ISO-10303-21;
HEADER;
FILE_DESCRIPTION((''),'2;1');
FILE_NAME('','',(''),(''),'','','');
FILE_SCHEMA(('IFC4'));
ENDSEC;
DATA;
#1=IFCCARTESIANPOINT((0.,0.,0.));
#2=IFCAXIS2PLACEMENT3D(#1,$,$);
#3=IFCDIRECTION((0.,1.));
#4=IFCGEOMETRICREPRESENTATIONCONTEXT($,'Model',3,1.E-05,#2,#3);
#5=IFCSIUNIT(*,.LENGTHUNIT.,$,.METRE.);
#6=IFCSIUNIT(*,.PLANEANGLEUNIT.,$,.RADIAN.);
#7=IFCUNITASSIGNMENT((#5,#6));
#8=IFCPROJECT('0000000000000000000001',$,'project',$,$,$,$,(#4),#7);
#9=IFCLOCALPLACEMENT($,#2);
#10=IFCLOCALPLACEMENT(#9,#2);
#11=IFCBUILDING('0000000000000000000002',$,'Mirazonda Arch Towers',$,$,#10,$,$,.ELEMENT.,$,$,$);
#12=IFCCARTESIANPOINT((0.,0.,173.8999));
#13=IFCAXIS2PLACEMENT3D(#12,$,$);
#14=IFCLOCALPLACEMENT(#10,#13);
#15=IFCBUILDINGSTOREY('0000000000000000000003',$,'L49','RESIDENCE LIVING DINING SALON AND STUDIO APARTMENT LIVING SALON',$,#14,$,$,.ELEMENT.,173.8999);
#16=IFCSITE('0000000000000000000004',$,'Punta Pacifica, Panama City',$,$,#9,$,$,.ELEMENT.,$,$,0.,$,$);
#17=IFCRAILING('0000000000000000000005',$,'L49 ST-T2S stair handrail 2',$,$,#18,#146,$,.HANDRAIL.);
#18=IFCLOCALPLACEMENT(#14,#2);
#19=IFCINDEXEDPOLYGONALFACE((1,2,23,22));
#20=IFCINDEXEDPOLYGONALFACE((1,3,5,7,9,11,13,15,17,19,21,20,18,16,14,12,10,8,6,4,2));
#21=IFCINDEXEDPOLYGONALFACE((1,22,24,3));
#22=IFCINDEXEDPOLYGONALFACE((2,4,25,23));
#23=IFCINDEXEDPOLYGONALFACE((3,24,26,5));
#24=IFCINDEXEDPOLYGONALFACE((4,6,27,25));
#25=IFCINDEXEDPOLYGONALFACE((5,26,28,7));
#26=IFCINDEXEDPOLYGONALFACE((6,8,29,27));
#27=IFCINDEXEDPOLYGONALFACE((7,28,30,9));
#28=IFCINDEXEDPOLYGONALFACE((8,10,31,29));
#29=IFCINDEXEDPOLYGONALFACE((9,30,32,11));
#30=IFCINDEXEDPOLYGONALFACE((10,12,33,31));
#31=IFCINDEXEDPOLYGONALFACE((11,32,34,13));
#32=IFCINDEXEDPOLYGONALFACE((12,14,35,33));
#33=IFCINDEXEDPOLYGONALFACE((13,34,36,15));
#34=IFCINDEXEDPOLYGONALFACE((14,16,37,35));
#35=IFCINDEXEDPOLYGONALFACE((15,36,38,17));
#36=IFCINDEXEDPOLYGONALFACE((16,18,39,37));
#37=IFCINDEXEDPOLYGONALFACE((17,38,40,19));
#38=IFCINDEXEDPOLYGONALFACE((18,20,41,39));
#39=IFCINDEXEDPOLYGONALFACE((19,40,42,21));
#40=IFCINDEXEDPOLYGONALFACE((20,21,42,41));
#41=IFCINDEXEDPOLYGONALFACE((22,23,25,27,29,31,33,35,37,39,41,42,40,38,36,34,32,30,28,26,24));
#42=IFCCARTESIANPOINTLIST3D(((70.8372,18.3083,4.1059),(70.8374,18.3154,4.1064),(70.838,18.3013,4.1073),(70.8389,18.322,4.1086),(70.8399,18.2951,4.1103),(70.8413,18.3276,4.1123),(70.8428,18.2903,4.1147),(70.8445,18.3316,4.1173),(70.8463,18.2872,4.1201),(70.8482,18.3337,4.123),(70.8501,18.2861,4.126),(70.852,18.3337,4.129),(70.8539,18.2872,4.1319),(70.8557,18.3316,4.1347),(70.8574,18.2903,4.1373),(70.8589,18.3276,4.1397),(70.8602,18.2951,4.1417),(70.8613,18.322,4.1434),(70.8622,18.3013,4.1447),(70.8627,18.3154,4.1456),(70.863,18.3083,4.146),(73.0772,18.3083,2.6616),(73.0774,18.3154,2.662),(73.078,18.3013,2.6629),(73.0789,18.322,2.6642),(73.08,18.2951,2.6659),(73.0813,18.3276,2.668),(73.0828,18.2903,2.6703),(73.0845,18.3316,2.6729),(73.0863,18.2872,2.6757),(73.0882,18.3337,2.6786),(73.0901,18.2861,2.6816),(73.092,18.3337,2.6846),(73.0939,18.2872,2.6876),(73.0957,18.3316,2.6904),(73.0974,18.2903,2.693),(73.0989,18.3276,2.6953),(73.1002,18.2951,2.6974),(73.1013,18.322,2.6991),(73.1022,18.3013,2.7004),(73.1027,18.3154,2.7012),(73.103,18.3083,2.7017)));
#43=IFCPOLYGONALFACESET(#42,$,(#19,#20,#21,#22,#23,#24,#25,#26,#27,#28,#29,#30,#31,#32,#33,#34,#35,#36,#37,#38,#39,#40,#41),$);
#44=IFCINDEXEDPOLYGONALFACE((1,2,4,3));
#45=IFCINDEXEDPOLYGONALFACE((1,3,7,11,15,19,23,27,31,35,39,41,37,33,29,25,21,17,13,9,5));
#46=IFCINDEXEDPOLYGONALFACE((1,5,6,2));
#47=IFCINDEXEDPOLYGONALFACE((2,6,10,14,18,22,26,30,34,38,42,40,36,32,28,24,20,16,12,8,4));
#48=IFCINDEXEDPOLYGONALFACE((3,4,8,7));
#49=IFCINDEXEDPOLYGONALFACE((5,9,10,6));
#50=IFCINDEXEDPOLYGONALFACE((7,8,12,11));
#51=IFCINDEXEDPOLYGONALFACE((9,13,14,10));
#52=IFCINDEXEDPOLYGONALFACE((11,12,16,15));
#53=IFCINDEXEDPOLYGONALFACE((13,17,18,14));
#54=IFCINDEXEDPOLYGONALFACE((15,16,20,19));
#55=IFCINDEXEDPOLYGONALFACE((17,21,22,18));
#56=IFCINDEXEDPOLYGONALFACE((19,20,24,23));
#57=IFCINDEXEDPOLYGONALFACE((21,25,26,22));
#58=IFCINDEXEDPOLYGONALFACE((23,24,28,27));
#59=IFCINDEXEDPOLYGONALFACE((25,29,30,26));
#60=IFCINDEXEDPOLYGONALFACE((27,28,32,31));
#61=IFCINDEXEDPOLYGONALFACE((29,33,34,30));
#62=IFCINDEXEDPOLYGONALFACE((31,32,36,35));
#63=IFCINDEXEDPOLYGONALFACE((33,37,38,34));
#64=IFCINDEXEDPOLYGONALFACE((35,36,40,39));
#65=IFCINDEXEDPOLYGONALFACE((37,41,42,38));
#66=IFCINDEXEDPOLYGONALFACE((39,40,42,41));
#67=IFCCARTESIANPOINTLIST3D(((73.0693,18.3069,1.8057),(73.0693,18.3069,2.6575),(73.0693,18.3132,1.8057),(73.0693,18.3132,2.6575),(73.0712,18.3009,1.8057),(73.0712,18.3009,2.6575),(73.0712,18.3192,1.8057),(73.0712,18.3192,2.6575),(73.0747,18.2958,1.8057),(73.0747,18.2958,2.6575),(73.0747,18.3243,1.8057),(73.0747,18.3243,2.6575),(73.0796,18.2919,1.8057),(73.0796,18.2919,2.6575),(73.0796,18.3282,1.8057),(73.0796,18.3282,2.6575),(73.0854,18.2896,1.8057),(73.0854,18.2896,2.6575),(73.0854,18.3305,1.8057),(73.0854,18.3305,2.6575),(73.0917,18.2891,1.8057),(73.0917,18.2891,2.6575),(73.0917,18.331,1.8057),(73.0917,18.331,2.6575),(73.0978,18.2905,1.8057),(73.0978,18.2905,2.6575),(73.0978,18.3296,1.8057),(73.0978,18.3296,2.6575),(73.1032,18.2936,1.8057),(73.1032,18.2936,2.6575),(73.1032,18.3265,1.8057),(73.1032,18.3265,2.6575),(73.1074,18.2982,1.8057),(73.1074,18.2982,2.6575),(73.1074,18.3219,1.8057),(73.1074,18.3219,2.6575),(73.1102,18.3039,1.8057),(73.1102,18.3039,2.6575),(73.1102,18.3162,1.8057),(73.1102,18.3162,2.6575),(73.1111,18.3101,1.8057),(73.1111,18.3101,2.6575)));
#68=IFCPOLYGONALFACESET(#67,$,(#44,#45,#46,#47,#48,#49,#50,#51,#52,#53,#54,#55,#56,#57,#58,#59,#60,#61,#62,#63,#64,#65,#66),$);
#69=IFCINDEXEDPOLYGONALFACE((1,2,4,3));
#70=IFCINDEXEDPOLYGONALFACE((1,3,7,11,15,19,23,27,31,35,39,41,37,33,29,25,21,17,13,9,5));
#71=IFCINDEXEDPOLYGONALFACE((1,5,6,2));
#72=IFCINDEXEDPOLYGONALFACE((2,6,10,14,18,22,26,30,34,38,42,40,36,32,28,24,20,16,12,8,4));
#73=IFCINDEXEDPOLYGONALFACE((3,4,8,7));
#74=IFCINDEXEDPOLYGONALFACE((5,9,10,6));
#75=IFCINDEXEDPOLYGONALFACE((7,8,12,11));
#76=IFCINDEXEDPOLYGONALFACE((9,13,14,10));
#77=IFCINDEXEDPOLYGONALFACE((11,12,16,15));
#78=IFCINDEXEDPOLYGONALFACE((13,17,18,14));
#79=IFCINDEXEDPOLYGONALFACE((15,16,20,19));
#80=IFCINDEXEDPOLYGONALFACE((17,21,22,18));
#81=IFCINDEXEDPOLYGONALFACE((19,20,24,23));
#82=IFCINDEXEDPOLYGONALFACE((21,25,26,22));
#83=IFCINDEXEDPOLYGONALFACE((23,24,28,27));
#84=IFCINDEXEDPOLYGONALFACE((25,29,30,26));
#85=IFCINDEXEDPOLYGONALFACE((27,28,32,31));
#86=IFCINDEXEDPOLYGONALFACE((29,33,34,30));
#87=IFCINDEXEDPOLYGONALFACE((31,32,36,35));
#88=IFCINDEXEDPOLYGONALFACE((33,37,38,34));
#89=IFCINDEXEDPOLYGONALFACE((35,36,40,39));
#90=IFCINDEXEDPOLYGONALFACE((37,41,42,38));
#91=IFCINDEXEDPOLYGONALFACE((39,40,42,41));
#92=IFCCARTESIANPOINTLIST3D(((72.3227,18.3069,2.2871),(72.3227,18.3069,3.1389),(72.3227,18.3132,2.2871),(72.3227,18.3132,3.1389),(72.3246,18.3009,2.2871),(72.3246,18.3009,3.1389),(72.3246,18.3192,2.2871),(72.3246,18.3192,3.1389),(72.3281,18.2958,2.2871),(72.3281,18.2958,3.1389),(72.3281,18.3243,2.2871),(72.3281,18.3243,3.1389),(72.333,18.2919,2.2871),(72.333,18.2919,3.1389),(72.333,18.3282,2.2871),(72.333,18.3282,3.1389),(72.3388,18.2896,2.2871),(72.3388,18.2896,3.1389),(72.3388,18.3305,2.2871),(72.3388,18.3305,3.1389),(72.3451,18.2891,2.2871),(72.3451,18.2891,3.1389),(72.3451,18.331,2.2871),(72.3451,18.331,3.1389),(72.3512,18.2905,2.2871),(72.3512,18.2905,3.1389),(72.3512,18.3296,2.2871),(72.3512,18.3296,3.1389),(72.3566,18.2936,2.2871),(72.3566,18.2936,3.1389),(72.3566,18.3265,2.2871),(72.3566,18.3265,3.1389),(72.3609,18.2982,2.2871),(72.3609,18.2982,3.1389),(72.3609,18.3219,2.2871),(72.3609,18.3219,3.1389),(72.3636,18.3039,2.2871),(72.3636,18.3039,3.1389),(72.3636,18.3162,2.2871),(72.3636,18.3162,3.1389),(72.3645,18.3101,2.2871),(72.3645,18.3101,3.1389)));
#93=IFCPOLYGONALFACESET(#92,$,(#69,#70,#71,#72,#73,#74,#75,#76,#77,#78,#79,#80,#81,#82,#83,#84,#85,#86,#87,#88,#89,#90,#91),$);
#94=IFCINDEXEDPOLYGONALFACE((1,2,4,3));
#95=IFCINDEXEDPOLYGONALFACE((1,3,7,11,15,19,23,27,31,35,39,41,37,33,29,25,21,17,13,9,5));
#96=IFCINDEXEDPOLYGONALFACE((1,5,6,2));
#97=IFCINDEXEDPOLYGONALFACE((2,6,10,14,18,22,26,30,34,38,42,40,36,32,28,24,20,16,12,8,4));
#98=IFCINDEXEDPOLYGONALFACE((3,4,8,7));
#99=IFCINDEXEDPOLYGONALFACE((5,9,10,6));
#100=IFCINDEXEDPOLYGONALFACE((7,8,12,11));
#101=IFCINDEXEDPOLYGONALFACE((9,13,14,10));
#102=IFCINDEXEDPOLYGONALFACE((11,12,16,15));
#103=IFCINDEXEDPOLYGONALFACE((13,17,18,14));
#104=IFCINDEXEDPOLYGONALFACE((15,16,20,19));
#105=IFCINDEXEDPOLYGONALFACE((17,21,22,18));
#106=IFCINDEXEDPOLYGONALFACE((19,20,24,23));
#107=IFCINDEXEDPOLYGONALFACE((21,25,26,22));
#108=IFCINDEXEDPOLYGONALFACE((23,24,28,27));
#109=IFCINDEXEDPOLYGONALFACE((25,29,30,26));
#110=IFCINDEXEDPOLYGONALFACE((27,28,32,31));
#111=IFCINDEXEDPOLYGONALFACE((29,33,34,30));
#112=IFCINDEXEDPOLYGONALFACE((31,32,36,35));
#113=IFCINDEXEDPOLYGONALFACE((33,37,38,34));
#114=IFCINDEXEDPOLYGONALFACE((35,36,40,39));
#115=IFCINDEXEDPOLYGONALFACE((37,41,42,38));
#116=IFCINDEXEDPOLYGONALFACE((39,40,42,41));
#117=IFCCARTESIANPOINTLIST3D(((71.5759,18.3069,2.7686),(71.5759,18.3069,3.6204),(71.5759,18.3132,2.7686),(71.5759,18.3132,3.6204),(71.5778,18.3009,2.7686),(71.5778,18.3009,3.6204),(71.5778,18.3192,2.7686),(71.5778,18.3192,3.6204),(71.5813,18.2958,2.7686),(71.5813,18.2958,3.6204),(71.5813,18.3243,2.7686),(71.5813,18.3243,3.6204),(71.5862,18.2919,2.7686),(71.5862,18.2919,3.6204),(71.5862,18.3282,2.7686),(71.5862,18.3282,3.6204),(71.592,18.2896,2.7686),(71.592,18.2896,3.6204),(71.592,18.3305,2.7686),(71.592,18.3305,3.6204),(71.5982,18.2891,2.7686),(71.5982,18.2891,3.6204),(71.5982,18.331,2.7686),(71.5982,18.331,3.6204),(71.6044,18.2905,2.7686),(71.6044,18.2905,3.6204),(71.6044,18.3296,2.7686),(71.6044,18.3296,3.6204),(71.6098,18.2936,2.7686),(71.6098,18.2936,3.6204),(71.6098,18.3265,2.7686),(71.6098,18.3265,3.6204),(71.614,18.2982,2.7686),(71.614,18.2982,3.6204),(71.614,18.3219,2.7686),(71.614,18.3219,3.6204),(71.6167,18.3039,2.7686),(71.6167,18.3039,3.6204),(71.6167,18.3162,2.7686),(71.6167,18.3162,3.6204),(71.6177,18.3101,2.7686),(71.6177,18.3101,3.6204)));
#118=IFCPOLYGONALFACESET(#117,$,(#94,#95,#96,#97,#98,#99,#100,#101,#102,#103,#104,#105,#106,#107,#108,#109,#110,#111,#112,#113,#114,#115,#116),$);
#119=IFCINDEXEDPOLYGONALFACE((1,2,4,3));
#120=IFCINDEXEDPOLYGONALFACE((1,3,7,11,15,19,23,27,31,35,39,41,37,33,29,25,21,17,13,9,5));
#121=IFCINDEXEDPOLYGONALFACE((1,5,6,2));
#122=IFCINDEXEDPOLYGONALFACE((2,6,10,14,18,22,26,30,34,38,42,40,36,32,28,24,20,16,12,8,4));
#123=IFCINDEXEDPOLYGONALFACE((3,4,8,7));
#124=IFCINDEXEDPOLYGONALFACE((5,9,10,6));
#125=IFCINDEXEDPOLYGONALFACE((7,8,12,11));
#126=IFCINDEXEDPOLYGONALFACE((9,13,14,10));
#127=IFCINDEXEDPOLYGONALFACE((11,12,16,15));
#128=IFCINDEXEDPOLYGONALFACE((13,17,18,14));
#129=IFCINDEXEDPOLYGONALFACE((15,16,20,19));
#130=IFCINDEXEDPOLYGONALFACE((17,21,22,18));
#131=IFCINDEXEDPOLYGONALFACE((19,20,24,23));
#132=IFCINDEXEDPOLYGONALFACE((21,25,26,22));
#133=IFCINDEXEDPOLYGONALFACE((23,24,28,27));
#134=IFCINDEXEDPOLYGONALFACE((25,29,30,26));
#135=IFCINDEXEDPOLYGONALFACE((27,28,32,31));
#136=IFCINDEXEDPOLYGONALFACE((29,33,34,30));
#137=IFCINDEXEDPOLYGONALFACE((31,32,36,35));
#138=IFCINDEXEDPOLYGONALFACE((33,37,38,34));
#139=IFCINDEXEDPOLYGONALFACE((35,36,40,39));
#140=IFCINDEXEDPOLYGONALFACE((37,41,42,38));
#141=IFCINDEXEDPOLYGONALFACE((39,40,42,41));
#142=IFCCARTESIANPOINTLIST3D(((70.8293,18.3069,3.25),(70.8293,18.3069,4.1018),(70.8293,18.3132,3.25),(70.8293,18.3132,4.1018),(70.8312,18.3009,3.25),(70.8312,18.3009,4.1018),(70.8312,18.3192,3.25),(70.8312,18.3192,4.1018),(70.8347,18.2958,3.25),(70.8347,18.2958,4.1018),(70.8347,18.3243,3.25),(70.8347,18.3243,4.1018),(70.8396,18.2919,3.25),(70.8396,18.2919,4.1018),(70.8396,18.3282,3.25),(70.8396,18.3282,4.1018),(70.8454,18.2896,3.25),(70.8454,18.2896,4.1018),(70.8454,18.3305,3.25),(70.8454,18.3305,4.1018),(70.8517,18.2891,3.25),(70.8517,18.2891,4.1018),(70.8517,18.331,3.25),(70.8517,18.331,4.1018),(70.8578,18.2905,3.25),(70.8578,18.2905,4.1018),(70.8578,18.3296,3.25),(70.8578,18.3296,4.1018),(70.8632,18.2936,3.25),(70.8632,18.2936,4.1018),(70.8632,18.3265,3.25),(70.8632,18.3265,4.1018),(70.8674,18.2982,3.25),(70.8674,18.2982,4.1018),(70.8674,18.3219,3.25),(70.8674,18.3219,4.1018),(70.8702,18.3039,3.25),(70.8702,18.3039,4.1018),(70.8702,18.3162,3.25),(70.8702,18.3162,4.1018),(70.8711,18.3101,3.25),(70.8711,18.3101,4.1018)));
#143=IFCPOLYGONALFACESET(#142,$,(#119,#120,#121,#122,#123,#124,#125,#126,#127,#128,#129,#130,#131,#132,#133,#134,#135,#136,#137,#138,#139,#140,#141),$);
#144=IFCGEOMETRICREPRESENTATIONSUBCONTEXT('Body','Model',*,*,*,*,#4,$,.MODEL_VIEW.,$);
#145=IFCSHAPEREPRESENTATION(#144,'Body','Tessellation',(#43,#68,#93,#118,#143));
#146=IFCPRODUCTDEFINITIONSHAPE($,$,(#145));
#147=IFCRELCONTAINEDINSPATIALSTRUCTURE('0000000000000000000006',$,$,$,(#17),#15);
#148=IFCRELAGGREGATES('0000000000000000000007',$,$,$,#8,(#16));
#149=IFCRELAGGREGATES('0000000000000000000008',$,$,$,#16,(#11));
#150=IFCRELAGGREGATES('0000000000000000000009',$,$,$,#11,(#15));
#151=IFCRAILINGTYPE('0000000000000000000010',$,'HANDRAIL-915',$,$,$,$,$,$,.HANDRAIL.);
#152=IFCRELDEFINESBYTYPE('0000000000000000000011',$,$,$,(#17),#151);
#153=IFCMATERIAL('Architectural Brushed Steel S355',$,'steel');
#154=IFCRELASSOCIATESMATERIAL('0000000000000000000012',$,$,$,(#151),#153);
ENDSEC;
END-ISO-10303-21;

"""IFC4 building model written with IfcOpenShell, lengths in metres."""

from ifc_helpers import new_model, si_unit, direction, frame, origin, origin_2d, place, context, subcontext, project, spatial, circle, extrude, material, type_object, element, save


model = new_model("IFC4")

# Units and contexts
model_context = context("Model", 3, precision=1e-05, world=origin(), true_north=direction((0.0, 1.0)))
body_context = subcontext(model_context, "Body", "Model", "MODEL_VIEW")
ifc_project = project(units=[si_unit("LENGTHUNIT", "METRE"), si_unit("PLANEANGLEUNIT", "RADIAN")], contexts=[model_context])

# Site, building, storey
site_placement = place(None, origin())
site = spatial("IfcSite", under=ifc_project, at=site_placement, Name="Punta Pacifica, Panama City", CompositionType="ELEMENT", RefElevation=0.0)
building_placement = place(site_placement, origin())
building = spatial("IfcBuilding", under=site, at=building_placement, Name="Mirazonda Arch Towers", CompositionType="ELEMENT")
storey_placement = place(building_placement, frame((0.0, 0.0, 173.8999)))
storey = spatial("IfcBuildingStorey", under=building, at=storey_placement, Name="L49", Description="RESIDENCE LIVING DINING SALON AND STUDIO APARTMENT LIVING SALON", CompositionType="ELEMENT", Elevation=173.8999)

# Shared definitions
ifc_material_1 = material(Name="Architectural Brushed Steel S355", Category="steel")

# Railing
railing_type_1 = type_object("IfcRailingType", Name="HANDRAIL-915", PredefinedType="HANDRAIL", material=ifc_material_1)
railing_1_placement = place(storey_placement, frame((73.0901, 18.3101, 1.8057)))
element("IfcRailing", 1, at=railing_1_placement, inside=storey, type_object=railing_type_1, Name="L49 ST-T2S stair handrail 2", PredefinedType="HANDRAIL", context=body_context, shape_type="SweptSolid", body=[
    extrude(circle(Radius=0.0239, at=origin_2d()), frame((0.0, 0.0, 0.876), z_axis=(-0.840437, 0.0, 0.54191), x_axis=(0.0, -1.0, 0.0)), (0.0, 0.0, 1.0), 2.6653),
    extrude(circle(Radius=0.021, at=origin_2d()), origin(), (0.0, 0.0, 1.0), 0.8518),
    extrude(circle(Radius=0.021, at=origin_2d()), frame((-0.7466, 0.0, 0.4814)), (0.0, 0.0, 1.0), 0.8518),
    extrude(circle(Radius=0.021, at=origin_2d()), frame((-1.4934, 0.0, 0.9629)), (0.0, 0.0, 1.0), 0.8518),
    extrude(circle(Radius=0.021, at=origin_2d()), frame((-2.24, 0.0, 1.4443)), (0.0, 0.0, 1.0), 0.8518),
])

save(model, "model.ifc")
